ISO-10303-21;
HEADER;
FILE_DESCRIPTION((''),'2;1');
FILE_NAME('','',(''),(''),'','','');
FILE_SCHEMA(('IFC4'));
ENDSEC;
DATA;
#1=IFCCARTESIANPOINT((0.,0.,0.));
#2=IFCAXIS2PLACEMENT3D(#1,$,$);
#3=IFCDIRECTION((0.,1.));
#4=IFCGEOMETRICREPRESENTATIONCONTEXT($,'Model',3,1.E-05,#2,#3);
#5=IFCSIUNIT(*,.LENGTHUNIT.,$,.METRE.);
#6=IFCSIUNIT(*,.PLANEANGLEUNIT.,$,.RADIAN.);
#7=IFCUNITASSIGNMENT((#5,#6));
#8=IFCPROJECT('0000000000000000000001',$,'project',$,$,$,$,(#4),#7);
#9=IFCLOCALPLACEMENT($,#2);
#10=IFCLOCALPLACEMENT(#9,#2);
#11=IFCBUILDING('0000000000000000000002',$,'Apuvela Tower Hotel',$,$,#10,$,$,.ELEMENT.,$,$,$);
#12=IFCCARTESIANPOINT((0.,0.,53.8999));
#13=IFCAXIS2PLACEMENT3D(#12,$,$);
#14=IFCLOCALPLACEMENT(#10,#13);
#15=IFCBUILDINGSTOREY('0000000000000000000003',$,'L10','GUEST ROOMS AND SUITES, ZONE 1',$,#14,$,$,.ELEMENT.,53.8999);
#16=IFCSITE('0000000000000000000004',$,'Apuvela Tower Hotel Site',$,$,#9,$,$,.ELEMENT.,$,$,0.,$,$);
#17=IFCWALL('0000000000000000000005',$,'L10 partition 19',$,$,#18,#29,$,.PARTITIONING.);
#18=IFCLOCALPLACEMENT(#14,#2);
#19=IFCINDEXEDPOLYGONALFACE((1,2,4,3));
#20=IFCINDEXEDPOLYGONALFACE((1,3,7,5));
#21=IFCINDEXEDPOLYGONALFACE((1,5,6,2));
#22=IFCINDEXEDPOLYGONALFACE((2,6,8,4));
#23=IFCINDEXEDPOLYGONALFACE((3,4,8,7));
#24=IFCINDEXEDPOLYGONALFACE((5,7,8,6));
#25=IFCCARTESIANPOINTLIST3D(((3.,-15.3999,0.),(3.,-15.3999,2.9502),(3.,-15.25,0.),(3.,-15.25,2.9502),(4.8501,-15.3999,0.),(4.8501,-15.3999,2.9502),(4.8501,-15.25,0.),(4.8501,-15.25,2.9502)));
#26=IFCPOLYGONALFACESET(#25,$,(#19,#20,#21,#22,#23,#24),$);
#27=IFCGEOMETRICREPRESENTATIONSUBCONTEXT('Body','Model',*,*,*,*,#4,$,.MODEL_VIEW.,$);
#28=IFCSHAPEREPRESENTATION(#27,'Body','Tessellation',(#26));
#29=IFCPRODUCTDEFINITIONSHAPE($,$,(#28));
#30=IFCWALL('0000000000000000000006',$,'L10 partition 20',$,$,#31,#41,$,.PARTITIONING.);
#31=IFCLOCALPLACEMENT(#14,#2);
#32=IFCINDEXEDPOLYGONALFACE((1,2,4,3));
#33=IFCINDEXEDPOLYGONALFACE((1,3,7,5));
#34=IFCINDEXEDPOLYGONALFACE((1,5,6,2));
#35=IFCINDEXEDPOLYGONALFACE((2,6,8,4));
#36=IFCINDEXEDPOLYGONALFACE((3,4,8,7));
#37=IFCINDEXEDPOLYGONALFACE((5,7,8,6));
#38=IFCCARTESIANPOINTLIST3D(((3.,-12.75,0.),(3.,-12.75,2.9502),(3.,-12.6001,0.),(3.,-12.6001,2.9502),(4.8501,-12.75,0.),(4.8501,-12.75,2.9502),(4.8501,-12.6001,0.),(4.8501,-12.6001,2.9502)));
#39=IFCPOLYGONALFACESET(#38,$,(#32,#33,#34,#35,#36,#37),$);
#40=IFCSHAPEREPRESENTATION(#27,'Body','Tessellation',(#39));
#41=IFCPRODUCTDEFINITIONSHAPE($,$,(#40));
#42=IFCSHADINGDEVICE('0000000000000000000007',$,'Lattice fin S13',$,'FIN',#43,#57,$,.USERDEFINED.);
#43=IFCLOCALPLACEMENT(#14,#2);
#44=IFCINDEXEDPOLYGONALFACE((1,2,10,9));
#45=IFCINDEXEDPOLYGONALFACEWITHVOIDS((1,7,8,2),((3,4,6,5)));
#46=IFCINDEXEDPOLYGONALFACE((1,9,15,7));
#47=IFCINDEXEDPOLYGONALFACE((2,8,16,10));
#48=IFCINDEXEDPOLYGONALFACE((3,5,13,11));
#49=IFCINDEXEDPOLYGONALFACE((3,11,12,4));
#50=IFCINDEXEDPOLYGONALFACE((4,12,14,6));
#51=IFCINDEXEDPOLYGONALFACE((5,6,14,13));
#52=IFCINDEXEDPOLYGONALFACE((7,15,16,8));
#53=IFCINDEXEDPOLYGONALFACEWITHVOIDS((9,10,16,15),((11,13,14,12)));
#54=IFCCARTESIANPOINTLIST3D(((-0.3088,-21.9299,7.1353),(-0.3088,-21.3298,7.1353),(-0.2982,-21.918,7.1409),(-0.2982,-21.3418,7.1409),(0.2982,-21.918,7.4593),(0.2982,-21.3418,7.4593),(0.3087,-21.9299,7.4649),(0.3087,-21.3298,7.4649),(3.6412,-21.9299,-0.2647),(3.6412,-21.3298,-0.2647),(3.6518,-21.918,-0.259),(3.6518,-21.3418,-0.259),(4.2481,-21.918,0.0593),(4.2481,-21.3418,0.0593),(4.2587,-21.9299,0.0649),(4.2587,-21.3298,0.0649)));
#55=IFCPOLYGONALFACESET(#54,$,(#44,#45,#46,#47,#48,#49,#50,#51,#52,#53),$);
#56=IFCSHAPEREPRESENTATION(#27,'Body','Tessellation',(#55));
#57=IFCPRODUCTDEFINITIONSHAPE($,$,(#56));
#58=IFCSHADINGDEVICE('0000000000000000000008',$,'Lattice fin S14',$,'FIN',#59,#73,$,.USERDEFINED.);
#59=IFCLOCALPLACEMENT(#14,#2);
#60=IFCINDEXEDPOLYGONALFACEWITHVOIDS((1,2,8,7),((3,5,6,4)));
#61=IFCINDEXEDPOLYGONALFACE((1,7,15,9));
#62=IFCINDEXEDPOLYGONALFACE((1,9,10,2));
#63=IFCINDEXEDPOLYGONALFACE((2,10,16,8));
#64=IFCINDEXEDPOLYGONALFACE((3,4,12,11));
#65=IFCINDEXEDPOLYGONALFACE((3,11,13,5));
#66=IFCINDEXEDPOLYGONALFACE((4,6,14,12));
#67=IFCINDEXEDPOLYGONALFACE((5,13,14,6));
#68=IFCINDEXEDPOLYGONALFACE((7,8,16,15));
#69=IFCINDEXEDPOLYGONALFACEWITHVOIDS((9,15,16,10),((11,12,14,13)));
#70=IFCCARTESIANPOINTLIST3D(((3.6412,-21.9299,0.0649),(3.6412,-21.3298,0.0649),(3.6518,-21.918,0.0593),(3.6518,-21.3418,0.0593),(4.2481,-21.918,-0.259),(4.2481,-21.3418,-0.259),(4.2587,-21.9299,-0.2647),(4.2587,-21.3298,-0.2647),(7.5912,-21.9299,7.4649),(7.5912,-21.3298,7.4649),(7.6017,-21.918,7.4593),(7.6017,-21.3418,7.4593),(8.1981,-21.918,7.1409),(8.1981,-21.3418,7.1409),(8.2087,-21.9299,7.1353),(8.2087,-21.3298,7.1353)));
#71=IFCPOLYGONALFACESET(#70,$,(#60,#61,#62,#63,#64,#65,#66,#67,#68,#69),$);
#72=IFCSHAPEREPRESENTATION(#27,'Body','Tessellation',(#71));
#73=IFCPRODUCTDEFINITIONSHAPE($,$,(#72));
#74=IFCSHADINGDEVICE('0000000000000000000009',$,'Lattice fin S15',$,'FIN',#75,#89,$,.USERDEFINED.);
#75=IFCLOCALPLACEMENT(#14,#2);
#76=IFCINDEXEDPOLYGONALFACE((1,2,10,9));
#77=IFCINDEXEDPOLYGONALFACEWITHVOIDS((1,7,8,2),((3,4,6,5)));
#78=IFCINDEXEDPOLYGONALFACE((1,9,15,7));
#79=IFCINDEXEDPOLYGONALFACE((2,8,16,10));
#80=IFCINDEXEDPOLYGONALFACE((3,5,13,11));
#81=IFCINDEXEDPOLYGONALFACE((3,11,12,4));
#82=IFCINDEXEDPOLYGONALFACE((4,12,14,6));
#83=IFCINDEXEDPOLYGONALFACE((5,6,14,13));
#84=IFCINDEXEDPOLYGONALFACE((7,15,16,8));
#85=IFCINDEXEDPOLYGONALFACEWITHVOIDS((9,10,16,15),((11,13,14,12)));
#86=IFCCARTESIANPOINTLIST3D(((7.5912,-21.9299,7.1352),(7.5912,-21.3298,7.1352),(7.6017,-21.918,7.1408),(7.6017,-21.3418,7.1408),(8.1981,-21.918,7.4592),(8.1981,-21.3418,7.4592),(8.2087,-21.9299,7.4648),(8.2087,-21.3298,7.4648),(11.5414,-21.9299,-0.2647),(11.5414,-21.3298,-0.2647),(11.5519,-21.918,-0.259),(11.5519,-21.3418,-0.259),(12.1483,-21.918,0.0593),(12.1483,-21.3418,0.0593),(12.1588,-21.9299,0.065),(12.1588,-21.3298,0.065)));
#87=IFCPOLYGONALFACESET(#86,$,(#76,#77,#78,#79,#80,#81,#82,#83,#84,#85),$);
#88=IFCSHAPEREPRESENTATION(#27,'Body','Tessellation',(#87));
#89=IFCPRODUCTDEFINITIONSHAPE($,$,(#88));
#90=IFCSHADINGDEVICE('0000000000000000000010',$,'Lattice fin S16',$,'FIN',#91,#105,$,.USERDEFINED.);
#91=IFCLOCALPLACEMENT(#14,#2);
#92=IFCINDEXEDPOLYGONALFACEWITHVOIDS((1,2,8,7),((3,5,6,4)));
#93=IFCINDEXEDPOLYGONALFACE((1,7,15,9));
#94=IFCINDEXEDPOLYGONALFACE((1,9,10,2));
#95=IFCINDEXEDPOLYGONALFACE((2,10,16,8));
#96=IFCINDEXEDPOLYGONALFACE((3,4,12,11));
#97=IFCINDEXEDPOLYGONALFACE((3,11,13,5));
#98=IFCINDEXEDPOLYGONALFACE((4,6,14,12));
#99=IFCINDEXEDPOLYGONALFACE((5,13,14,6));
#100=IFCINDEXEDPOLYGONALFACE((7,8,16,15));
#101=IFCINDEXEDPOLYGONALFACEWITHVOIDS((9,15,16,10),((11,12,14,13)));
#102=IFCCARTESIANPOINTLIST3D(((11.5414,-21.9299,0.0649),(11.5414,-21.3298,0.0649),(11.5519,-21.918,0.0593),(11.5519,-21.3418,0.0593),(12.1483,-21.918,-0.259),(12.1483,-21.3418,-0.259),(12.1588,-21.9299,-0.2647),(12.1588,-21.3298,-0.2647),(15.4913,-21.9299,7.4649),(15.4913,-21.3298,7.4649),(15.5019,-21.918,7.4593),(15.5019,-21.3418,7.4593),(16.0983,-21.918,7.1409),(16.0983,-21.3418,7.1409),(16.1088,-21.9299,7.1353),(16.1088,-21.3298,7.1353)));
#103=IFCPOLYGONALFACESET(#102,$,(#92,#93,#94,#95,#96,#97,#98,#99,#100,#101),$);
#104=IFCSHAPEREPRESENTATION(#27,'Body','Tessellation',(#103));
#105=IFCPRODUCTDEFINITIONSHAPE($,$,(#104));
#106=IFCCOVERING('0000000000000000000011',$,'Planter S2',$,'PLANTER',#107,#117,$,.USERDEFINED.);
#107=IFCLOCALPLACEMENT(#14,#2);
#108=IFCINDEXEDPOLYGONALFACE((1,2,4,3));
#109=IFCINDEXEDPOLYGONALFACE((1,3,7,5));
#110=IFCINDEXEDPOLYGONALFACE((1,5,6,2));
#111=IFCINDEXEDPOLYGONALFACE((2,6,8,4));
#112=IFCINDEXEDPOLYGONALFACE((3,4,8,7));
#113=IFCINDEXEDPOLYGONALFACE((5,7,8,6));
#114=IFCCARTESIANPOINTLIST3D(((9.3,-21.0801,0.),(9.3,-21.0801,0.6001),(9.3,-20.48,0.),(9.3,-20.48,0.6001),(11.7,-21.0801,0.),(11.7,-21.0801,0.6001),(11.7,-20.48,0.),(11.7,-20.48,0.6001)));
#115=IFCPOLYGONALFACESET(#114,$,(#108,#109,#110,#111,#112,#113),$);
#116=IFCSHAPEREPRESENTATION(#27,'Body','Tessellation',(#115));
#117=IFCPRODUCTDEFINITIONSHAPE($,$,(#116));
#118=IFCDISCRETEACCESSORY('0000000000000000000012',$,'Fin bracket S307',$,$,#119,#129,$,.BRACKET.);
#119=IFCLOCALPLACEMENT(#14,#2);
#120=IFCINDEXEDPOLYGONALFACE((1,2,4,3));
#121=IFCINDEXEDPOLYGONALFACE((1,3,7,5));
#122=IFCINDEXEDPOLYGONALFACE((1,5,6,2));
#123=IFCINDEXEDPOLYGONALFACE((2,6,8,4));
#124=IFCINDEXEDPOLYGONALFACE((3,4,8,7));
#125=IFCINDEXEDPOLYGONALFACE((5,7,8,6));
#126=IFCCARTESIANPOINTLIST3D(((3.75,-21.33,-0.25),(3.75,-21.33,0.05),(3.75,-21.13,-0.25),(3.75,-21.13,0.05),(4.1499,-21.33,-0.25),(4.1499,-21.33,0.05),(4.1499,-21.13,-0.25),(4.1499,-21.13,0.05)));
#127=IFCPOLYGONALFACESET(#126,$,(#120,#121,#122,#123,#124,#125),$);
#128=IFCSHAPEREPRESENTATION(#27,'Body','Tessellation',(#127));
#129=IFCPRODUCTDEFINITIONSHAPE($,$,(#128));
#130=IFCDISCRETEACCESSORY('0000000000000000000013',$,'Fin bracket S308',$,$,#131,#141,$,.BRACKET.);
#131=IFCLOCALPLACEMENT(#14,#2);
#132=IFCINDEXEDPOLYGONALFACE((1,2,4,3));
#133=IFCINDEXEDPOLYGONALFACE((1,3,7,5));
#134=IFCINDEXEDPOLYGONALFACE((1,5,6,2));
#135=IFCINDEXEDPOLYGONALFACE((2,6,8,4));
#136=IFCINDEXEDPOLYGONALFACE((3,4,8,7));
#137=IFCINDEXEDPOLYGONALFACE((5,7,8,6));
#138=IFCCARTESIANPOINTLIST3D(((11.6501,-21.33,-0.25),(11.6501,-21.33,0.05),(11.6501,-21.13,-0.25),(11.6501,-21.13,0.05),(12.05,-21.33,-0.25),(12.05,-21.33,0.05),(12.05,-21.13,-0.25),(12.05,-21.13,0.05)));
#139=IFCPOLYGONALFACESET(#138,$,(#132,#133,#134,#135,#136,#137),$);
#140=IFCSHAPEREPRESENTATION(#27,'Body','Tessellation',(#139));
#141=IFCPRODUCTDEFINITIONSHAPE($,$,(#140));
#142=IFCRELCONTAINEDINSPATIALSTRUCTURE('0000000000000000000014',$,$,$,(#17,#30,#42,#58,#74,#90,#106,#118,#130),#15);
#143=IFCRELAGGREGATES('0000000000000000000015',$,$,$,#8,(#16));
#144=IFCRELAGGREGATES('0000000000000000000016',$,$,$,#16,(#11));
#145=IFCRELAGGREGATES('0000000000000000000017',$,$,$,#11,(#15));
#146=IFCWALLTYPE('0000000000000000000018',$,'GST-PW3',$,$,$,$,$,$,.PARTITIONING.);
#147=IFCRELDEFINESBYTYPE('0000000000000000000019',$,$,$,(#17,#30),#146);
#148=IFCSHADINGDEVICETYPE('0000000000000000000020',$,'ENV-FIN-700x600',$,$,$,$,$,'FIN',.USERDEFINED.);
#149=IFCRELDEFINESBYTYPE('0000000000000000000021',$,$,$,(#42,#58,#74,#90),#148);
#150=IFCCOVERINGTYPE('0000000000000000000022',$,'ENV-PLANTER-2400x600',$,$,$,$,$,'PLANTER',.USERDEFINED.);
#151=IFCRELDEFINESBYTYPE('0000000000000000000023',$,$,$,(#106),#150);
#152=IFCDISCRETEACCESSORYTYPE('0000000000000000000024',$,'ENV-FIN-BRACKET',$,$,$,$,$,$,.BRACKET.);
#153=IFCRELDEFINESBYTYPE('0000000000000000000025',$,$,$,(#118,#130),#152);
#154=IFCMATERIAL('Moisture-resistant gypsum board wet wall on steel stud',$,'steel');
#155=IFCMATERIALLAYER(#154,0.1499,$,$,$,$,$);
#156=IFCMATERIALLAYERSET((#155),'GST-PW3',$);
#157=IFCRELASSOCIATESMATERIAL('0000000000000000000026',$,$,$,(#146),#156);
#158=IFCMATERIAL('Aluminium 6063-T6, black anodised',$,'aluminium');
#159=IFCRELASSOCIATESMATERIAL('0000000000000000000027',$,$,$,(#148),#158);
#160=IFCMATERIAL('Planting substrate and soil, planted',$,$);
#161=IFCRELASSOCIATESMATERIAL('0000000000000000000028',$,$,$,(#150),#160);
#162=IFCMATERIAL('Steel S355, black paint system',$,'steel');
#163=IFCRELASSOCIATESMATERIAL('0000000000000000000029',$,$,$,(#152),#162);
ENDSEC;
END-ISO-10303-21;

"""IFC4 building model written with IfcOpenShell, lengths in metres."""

from ifc_helpers import new_model, si_unit, direction, frame, frame_2d, origin, origin_2d, place, context, subcontext, project, spatial, rectangle, hollow_rectangle, extrude, material, layer, layer_set, material_profile, profile_set, type_object, element, save


model = new_model("IFC4")

# Units and contexts
model_context = context("Model", 3, precision=1e-05, world=origin(), true_north=direction((0.0, 1.0)))
body_context = subcontext(model_context, "Body", "Model", "MODEL_VIEW")
ifc_project = project(units=[si_unit("LENGTHUNIT", "METRE"), si_unit("PLANEANGLEUNIT", "RADIAN")], contexts=[model_context])

# Site, building, storey
site_placement = place(None, origin())
site = spatial("IfcSite", under=ifc_project, at=site_placement, Name="Apuvela Tower Hotel Site", CompositionType="ELEMENT", RefElevation=0.0)
building_placement = place(site_placement, origin())
building = spatial("IfcBuilding", under=site, at=building_placement, Name="Apuvela Tower Hotel", CompositionType="ELEMENT")
storey_placement = place(building_placement, frame((0.0, 0.0, 53.8999)))
storey = spatial("IfcBuildingStorey", under=building, at=storey_placement, Name="L10", Description="GUEST ROOMS AND SUITES, ZONE 1", CompositionType="ELEMENT", Elevation=53.8999)

# Shared definitions
ifc_material_1 = material(Name="Moisture-resistant gypsum board wet wall on steel stud", Category="steel")
ifc_layer_1 = layer(ifc_material_1, 0.1499)
ifc_layer_set_1 = layer_set([ifc_layer_1], Name="GST-PW3")
wall_type_1 = type_object("IfcWallType", Name="GST-PW3", PredefinedType="PARTITIONING", material=ifc_layer_set_1)

# Walls
for number, where, z_axis, x_axis, name in (
    (1, (3.0, -15.325, 0.0), (0.0, 0.0, 1.0), (1.0, 0.0, 0.0), "L10 partition 19"),
    (2, (3.0, -12.675, 0.0), (0.0, 0.0, 1.0), (1.0, 0.0, 0.0), "L10 partition 20"),
):
    element("IfcWall", number, at=place(storey_placement, frame(where, z_axis=z_axis, x_axis=x_axis)), inside=storey, type_object=wall_type_1, Name=name, PredefinedType="PARTITIONING", context=body_context, shape_type="SweptSolid", body=[
        extrude(rectangle(XDim=1.8501, YDim=0.1499, at=frame_2d((0.925, 0.0))), origin(), (0.0, 0.0, 1.0), 2.9502),
    ])

# Shading devices
ifc_material_2 = material(Name="Aluminium 6063-T6, black anodised", Category="aluminium")
ifc_material_profile_1 = material_profile(ifc_material_2, hollow_rectangle(XDim=0.6001, YDim=0.7, WallThickness=0.012, at=origin_2d()), Name="AL BOX 700x600x12")
ifc_profile_set_1 = profile_set([ifc_material_profile_1], Name="Aluminium 6063-T6, black anodised")
shading_device_type = type_object("IfcShadingDeviceType", Name="ENV-FIN-700x600", ElementType="FIN", PredefinedType="USERDEFINED", material=ifc_profile_set_1)
for number, where, z_axis, x_axis, name in (
    (3, (3.95, -21.6299, -0.0999), (-0.470898, 0.0, 0.882188), (0.0, -1.0, 0.0), "Lattice fin S13"),
    (4, (3.95, -21.6299, -0.0999), (0.470898, 0.0, 0.882188), (0.0, 1.0, 0.0), "Lattice fin S14"),
    (5, (11.8501, -21.6299, -0.0999), (-0.470921, 0.0, 0.882176), (0.0, -1.0, 0.0), "Lattice fin S15"),
    (6, (11.8501, -21.6299, -0.0999), (0.470898, 0.0, 0.882188), (0.0, 1.0, 0.0), "Lattice fin S16"),
):
    element("IfcShadingDevice", number, at=place(storey_placement, frame(where, z_axis=z_axis, x_axis=x_axis)), inside=storey, type_object=shading_device_type, Name=name, ObjectType="FIN", PredefinedType="USERDEFINED", context=body_context, shape_type="SweptSolid", body=[
        extrude(hollow_rectangle(XDim=0.6001, YDim=0.7, WallThickness=0.012, at=origin_2d()), origin(), (0.0, 0.0, 1.0), 8.3882),
    ])

# Covering
ifc_material_3 = material(Name="Planting substrate and soil, planted")
covering_type = type_object("IfcCoveringType", Name="ENV-PLANTER-2400x600", ElementType="PLANTER", PredefinedType="USERDEFINED", material=ifc_material_3)
covering_placement = place(storey_placement, frame((10.5, -20.78, 0.0), z_axis=(0.0, 0.0, 1.0), x_axis=(1.0, 0.0, 0.0)))
element("IfcCovering", 7, at=covering_placement, inside=storey, type_object=covering_type, Name="Planter S2", ObjectType="PLANTER", PredefinedType="USERDEFINED", context=body_context, shape_type="SweptSolid", body=[
    extrude(rectangle(XDim=2.3999, YDim=0.6001, at=origin_2d()), origin(), (0.0, 0.0, 1.0), 0.6001),
])

# Discrete accessories
ifc_material_4 = material(Name="Steel S355, black paint system", Category="steel")
discrete_accessory_type = type_object("IfcDiscreteAccessoryType", Name="ENV-FIN-BRACKET", PredefinedType="BRACKET", material=ifc_material_4)
for number, where, z_axis, x_axis, name in (
    (8, (3.95, -21.23, -0.25), (0.0, 0.0, 1.0), (1.0, 0.0, 0.0), "Fin bracket S307"),
    (9, (11.8501, -21.23, -0.25), (0.0, 0.0, 1.0), (1.0, 0.0, 0.0), "Fin bracket S308"),
):
    element("IfcDiscreteAccessory", number, at=place(storey_placement, frame(where, z_axis=z_axis, x_axis=x_axis)), inside=storey, type_object=discrete_accessory_type, Name=name, PredefinedType="BRACKET", context=body_context, shape_type="SweptSolid", body=[
        extrude(rectangle(XDim=0.3999, YDim=0.2, at=origin_2d()), origin(), (0.0, 0.0, 1.0), 0.3),
    ])

save(model, "model.ifc")
